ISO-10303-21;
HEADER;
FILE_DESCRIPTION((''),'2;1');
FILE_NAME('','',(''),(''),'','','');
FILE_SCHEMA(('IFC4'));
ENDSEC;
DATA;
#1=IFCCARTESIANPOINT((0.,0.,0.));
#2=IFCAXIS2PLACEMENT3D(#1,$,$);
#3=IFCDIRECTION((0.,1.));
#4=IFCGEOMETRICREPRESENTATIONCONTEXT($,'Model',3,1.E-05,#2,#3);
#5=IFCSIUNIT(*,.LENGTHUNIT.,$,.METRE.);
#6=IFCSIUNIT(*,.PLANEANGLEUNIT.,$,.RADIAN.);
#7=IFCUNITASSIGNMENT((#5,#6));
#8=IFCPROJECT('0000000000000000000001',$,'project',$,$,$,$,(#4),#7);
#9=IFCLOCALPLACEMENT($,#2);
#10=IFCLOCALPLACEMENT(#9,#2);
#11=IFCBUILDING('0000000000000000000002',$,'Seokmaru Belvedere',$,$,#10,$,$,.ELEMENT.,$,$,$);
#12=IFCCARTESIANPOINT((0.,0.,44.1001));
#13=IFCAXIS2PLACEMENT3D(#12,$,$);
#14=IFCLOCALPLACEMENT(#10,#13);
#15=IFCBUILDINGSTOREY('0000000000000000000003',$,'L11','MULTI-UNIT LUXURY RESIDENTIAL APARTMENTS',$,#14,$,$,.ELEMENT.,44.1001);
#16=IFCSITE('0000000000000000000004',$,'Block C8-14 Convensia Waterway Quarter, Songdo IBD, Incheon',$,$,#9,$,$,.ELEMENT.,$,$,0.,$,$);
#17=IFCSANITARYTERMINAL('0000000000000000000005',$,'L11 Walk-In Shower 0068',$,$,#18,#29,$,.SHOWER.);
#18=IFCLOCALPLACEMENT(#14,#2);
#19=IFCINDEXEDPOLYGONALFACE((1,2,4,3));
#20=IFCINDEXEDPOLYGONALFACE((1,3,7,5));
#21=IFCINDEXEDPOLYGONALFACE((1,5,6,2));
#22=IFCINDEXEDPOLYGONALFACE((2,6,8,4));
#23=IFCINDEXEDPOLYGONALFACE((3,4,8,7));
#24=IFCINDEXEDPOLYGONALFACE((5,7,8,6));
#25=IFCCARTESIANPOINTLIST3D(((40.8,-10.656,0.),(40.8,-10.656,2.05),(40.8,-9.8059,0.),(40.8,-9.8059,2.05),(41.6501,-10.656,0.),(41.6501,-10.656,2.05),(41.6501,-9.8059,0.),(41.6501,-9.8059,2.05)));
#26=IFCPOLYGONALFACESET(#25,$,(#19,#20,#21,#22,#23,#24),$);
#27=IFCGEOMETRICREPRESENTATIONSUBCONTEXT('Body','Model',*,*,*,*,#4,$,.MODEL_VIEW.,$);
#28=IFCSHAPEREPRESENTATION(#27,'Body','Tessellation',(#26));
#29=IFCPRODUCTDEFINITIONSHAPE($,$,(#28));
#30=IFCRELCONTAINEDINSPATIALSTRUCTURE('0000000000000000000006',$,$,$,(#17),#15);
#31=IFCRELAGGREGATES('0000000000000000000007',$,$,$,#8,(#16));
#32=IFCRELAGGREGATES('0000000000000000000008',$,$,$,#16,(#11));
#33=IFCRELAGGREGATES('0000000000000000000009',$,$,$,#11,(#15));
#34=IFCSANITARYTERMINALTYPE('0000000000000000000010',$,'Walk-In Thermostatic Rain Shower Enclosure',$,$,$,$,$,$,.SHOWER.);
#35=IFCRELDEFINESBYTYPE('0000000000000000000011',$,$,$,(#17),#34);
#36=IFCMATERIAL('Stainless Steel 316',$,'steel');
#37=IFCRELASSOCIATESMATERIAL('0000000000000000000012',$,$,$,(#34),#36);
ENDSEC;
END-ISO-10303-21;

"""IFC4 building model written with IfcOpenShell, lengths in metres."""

from ifc_helpers import new_model, si_unit, direction, frame, origin, origin_2d, place, context, subcontext, project, spatial, rectangle, extrude, source, transform, mapped, material, type_object, type_shapes, element, save


model = new_model("IFC4")

# Units and contexts
model_context = context("Model", 3, precision=1e-05, world=origin(), true_north=direction((0.0, 1.0)))
body_context = subcontext(model_context, "Body", "Model", "MODEL_VIEW")
ifc_project = project(units=[si_unit("LENGTHUNIT", "METRE"), si_unit("PLANEANGLEUNIT", "RADIAN")], contexts=[model_context])

# Site, building, storey
site_placement = place(None, origin())
site = spatial("IfcSite", under=ifc_project, at=site_placement, Name="Block C8-14 Convensia Waterway Quarter, Songdo IBD, Incheon", CompositionType="ELEMENT", RefElevation=0.0)
building_placement = place(site_placement, origin())
building = spatial("IfcBuilding", under=site, at=building_placement, Name="Seokmaru Belvedere", CompositionType="ELEMENT")
storey_placement = place(building_placement, frame((0.0, 0.0, 44.1001)))
storey = spatial("IfcBuildingStorey", under=building, at=storey_placement, Name="L11", Description="MULTI-UNIT LUXURY RESIDENTIAL APARTMENTS", CompositionType="ELEMENT", Elevation=44.1001)

# Sanitary terminal
ifc_material_1 = material(Name="Stainless Steel 316", Category="steel")
sanitary_terminal_type_1 = type_object("IfcSanitaryTerminalType", Name="Walk-In Thermostatic Rain Shower Enclosure", PredefinedType="SHOWER", material=ifc_material_1)
shared_shape_1 = source(origin(), body_context, "Body", "SweptSolid", [
    extrude(rectangle(XDim=0.8501, YDim=0.8501, at=origin_2d()), origin(), (0.0, 0.0, 1.0), 2.05),
])
type_shapes(sanitary_terminal_type_1, [shared_shape_1])
sanitary_terminal_1_placement = place(storey_placement, frame((41.2251, -10.231, 0.0), z_axis=(0.0, 0.0, 1.0), x_axis=(1.0, 0.0, 0.0)))
element("IfcSanitaryTerminal", 1, at=sanitary_terminal_1_placement, inside=storey, type_object=sanitary_terminal_type_1, Name="L11 Walk-In Shower 0068", PredefinedType="SHOWER", context=body_context, shape_type="MappedRepresentation", body=[
    mapped(shared_shape_1, transform((0.0, 0.0, 0.0), scale=1.0)),
])

save(model, "model.ifc")
